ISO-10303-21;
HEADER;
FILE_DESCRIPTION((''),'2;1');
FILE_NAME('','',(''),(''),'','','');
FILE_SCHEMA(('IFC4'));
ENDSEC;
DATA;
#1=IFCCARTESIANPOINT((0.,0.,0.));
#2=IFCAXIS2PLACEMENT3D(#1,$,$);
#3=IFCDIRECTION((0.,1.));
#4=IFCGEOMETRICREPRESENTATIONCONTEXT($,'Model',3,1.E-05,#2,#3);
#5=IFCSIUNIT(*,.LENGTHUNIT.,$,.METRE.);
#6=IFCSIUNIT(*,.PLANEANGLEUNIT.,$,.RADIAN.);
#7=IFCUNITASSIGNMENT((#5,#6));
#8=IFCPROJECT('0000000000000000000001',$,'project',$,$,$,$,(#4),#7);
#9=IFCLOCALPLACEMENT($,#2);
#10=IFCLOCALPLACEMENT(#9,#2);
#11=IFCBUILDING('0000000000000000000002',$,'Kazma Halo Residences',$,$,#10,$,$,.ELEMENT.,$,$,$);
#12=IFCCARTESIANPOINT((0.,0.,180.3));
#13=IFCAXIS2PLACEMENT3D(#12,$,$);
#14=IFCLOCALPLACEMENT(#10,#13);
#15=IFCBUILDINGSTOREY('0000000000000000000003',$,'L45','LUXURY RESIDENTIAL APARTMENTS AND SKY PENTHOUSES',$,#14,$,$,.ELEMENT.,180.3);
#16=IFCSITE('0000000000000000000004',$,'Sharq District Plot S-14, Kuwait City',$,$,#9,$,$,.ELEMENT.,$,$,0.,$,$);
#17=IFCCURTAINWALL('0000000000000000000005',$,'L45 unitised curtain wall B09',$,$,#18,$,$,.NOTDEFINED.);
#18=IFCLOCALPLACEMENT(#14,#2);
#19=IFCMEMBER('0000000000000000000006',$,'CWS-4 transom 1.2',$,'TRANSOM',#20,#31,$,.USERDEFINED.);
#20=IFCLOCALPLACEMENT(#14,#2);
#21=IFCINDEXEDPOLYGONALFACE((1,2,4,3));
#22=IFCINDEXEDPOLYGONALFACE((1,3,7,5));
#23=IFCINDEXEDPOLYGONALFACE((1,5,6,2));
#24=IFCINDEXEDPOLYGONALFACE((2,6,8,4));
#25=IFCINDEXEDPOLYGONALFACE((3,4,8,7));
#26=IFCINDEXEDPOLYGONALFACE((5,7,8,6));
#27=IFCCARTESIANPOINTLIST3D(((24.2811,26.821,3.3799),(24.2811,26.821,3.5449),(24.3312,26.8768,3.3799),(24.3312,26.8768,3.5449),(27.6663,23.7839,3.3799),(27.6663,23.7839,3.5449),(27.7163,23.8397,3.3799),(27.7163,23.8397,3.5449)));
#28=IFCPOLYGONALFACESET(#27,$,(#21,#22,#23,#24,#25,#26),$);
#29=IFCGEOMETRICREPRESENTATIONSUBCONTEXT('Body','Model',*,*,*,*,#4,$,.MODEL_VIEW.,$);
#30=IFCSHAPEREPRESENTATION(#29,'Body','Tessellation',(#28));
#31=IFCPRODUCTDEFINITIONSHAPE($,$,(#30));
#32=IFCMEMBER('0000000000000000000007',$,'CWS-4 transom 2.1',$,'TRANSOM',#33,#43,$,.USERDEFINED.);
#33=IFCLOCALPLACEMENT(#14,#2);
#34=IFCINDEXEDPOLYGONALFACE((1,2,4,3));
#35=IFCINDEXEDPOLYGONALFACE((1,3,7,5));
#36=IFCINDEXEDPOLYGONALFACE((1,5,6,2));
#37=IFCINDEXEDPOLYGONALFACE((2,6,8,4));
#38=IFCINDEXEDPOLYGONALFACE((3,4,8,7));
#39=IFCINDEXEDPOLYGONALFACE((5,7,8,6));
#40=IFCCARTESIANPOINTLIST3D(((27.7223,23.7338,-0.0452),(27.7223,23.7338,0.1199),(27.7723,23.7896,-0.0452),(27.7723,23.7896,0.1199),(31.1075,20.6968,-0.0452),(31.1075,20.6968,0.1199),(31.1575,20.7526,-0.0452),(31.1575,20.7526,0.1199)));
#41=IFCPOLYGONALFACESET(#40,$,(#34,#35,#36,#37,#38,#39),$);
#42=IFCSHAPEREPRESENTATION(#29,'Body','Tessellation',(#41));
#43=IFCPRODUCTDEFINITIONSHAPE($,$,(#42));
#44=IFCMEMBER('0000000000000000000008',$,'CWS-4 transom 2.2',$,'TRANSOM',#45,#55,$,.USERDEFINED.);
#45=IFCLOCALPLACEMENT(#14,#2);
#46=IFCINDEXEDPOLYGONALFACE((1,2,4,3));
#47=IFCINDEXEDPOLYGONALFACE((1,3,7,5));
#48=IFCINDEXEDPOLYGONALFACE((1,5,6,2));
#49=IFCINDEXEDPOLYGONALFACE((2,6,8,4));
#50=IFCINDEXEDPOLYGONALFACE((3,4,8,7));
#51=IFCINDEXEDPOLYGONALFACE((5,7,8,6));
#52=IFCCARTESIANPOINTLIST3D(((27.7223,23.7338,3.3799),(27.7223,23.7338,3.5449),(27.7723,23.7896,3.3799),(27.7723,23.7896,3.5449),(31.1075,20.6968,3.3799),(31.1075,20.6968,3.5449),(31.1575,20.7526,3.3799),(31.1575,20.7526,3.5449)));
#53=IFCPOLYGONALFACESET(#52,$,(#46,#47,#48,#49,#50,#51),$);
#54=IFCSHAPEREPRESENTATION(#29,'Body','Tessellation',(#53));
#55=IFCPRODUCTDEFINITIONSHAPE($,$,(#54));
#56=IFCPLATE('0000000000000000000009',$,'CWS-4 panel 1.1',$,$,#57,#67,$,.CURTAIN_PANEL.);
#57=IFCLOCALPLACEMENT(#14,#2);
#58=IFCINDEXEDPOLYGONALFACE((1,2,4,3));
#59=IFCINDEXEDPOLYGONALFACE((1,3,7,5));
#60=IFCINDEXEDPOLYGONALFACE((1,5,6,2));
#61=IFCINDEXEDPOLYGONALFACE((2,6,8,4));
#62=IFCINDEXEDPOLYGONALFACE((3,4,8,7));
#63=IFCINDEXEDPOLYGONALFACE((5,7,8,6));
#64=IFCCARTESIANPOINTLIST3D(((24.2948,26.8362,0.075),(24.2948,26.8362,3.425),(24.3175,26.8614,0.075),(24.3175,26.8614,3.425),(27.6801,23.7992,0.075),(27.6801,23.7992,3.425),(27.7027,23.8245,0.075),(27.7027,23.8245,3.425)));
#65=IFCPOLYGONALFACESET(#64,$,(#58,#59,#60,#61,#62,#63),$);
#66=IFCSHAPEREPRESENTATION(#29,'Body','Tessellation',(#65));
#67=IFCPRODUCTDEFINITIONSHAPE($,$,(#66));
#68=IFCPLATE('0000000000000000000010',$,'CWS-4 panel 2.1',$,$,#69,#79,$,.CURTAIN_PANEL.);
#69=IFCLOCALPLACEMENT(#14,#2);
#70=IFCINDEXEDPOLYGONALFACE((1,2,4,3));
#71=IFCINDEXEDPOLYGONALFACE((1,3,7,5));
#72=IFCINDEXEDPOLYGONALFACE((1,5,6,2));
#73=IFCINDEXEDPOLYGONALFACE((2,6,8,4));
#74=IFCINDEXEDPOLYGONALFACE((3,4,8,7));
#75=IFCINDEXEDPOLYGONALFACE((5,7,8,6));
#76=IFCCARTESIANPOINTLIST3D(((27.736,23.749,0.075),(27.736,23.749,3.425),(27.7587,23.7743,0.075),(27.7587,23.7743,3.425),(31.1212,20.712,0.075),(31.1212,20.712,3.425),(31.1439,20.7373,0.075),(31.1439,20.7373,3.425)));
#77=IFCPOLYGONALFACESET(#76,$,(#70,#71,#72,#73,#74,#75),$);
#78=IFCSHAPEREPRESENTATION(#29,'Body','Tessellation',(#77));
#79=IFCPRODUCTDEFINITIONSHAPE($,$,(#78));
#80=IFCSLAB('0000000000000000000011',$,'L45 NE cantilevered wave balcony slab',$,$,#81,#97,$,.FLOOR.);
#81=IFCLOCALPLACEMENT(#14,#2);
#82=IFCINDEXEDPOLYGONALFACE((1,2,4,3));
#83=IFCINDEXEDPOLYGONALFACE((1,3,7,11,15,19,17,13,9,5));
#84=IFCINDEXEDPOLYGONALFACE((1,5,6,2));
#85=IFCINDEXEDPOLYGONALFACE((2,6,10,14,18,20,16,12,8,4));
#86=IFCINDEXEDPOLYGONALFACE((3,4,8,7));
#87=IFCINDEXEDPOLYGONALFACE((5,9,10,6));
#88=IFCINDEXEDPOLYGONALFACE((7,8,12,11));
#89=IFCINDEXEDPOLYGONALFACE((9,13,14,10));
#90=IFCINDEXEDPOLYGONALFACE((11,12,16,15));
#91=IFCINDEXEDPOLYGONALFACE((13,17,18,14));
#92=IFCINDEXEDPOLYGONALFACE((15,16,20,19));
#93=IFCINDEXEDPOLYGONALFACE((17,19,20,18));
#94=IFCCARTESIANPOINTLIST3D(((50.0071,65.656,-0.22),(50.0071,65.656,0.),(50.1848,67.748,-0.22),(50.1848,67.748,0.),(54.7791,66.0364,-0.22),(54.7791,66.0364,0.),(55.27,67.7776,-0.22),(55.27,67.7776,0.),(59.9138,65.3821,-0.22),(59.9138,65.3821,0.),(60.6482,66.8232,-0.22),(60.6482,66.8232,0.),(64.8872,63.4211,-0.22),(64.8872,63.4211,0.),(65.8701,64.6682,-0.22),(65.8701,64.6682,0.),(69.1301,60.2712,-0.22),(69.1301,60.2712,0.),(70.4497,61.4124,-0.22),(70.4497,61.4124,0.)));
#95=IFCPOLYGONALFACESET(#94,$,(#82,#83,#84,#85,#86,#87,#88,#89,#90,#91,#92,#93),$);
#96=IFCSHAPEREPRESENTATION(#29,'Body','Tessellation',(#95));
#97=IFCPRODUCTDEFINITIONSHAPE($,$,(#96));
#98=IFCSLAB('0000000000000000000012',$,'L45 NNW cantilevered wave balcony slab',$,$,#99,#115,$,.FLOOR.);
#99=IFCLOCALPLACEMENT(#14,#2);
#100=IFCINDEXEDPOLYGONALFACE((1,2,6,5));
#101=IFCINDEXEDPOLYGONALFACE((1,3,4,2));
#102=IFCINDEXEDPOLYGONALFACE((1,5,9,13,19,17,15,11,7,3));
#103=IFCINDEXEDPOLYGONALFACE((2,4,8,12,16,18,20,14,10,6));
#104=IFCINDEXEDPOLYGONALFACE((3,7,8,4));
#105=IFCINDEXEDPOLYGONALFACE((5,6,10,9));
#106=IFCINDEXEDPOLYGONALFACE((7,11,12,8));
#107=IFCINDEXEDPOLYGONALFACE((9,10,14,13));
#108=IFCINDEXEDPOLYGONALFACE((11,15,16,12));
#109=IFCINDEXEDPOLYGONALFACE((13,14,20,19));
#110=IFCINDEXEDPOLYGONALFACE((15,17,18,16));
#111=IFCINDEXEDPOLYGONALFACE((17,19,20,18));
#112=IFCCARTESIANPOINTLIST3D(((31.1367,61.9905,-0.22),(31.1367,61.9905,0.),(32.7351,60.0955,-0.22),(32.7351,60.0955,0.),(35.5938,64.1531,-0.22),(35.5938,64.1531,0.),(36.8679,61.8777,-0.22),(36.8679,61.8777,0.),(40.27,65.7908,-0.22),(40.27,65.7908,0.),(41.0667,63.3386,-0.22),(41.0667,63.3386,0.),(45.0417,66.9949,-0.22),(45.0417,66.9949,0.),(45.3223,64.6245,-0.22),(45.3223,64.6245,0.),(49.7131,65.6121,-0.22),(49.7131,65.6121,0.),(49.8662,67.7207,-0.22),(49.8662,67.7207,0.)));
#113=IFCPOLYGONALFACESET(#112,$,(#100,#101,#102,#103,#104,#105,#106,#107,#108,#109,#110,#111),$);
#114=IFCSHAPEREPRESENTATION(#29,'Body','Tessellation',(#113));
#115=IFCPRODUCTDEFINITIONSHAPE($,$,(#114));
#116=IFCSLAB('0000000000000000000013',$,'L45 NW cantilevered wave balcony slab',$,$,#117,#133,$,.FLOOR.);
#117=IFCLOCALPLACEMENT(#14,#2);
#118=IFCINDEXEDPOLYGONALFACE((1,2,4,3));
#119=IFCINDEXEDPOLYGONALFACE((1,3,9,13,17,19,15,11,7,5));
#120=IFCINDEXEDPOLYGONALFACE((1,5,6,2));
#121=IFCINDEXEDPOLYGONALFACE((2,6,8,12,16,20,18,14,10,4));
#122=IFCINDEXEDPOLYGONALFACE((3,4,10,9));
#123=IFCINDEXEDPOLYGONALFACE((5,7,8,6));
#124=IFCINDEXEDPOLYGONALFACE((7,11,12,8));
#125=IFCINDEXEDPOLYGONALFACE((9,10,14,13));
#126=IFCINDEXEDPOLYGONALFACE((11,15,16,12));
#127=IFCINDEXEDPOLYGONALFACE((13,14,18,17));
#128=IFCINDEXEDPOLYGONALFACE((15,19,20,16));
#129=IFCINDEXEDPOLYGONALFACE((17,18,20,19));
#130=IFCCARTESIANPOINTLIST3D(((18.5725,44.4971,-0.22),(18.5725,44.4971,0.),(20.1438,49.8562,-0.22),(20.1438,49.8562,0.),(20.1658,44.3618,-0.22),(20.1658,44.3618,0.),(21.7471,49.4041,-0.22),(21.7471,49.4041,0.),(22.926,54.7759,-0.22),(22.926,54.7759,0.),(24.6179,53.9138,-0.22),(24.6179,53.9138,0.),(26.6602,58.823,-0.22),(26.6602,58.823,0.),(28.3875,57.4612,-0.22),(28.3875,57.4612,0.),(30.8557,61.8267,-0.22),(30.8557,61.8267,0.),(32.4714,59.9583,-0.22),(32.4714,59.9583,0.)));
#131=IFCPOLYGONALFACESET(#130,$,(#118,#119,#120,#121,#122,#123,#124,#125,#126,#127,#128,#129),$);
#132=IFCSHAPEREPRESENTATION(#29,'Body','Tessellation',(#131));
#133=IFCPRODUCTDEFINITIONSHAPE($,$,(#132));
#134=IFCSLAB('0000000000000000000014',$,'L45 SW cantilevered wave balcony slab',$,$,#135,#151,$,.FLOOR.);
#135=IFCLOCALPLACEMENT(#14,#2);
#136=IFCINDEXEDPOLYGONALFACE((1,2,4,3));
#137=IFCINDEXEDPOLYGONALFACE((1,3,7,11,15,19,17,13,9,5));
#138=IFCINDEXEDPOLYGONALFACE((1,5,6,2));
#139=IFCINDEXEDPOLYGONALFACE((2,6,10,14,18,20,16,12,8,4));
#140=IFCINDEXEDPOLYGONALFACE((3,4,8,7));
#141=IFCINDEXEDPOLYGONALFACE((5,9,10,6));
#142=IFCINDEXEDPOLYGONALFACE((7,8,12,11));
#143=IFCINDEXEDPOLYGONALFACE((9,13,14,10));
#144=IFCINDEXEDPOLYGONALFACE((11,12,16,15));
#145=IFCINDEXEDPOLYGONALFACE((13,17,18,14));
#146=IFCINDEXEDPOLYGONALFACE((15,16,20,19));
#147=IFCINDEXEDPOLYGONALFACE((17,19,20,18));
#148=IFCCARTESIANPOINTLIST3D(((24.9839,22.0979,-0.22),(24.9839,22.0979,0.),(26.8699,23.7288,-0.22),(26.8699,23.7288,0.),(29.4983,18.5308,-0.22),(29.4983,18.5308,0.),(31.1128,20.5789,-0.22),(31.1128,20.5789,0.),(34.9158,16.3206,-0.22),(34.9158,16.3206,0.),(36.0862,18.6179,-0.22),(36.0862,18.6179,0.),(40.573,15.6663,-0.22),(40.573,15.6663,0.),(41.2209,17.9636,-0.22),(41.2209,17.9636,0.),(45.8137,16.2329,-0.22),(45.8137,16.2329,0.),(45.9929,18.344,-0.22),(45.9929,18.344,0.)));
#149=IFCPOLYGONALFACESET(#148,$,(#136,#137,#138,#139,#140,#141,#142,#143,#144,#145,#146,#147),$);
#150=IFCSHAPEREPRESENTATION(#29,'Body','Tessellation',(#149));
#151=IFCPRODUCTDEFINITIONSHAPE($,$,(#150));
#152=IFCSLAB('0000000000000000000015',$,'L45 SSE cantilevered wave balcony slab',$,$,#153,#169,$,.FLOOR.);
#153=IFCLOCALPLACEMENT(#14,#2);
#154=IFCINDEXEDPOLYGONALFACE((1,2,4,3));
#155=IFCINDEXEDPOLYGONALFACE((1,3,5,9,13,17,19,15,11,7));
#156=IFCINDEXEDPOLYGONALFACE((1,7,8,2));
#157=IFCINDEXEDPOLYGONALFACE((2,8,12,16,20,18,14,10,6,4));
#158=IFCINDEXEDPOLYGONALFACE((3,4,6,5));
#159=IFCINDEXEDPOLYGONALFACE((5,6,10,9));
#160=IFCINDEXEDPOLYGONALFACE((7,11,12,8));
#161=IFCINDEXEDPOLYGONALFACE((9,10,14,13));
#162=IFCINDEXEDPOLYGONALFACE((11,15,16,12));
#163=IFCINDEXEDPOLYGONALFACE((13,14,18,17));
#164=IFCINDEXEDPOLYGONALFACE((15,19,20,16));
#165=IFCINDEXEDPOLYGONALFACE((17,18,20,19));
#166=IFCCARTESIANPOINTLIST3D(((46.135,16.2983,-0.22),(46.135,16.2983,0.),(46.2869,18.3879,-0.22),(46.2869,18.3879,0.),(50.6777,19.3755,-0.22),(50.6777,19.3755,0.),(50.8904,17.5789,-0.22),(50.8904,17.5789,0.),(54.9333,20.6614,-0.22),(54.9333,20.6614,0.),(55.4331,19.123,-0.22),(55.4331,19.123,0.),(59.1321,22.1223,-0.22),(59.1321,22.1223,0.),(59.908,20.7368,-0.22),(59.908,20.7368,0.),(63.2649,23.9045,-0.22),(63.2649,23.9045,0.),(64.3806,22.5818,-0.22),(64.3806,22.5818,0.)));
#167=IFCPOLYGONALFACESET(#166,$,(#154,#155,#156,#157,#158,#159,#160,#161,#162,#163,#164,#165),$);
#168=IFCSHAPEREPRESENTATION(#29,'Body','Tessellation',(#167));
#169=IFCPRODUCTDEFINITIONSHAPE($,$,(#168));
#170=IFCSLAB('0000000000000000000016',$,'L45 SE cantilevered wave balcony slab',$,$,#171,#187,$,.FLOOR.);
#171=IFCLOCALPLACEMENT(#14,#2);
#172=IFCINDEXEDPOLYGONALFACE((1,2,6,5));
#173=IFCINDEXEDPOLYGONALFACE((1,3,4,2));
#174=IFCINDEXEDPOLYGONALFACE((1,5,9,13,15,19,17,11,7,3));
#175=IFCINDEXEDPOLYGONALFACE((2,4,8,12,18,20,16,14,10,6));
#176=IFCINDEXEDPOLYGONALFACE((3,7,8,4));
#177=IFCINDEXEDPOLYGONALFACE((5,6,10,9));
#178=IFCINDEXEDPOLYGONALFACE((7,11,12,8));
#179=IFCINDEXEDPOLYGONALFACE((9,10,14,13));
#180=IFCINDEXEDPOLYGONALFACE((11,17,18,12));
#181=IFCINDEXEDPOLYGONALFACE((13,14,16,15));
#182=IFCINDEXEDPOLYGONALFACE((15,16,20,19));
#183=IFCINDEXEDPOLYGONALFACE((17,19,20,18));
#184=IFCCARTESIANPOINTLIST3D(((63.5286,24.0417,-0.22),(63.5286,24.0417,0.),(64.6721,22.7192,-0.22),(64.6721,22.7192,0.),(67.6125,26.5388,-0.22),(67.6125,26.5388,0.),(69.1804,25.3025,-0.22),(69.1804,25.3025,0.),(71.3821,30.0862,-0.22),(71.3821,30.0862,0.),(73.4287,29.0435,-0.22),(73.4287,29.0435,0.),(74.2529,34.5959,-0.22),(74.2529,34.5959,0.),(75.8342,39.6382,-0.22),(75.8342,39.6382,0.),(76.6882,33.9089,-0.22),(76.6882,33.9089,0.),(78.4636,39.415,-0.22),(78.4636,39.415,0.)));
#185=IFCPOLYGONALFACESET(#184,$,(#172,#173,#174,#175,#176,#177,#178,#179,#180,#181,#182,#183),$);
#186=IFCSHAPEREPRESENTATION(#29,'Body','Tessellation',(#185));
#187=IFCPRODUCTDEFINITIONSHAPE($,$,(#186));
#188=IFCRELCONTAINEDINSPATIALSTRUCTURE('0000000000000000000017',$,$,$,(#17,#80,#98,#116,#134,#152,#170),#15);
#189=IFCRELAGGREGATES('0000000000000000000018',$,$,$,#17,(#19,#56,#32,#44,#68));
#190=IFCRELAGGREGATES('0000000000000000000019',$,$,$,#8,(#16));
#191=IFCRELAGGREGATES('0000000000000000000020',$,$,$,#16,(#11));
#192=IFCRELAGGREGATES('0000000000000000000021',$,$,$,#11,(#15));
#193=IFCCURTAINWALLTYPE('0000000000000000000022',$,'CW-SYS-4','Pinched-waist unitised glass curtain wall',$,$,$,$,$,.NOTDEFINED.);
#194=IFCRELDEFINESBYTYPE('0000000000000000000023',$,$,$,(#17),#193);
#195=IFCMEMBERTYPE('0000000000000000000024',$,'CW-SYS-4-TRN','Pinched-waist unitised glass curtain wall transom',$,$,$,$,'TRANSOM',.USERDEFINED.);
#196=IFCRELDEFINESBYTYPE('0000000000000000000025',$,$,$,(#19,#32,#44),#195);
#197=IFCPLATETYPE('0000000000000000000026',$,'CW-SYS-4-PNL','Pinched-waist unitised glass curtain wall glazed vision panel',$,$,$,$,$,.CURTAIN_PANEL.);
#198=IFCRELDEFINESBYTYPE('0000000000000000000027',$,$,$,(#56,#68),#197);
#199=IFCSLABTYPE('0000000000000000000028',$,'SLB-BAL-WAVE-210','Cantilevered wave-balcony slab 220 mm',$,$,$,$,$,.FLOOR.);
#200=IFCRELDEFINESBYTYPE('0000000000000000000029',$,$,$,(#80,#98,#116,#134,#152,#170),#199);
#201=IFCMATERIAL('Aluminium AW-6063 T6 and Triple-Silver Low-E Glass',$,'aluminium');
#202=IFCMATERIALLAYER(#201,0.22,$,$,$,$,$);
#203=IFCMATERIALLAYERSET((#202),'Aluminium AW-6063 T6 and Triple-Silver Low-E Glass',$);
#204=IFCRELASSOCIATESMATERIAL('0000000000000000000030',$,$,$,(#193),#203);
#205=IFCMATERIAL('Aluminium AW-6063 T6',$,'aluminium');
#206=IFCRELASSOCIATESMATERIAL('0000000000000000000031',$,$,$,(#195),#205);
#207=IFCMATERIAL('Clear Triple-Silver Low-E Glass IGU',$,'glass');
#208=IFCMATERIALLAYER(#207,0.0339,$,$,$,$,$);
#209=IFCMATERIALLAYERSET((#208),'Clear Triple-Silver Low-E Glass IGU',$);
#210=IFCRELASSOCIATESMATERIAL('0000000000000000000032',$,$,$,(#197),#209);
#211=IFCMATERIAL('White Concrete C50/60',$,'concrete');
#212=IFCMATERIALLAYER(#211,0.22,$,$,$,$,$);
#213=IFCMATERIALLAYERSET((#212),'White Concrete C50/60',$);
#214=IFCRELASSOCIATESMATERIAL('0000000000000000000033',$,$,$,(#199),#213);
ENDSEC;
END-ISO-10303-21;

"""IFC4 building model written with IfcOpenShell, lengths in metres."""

from ifc_helpers import new_model, si_unit, direction, frame, origin, origin_2d, place, context, subcontext, project, spatial, polyline, rectangle, outline, extrude, material, layer, layer_set, material_profile, profile_set, type_object, element, aggregate, save


model = new_model("IFC4")

# Units and contexts
model_context = context("Model", 3, precision=1e-05, world=origin(), true_north=direction((0.0, 1.0)))
body_context = subcontext(model_context, "Body", "Model", "MODEL_VIEW")
ifc_project = project(units=[si_unit("LENGTHUNIT", "METRE"), si_unit("PLANEANGLEUNIT", "RADIAN")], contexts=[model_context])

# Site, building, storey
site_placement = place(None, origin())
site = spatial("IfcSite", under=ifc_project, at=site_placement, Name="Sharq District Plot S-14, Kuwait City", CompositionType="ELEMENT", RefElevation=0.0)
building_placement = place(site_placement, origin())
building = spatial("IfcBuilding", under=site, at=building_placement, Name="Kazma Halo Residences", CompositionType="ELEMENT")
storey_placement = place(building_placement, frame((0.0, 0.0, 180.3)))
storey = spatial("IfcBuildingStorey", under=building, at=storey_placement, Name="L45", Description="LUXURY RESIDENTIAL APARTMENTS AND SKY PENTHOUSES", CompositionType="ELEMENT", Elevation=180.3)

# Curtain wall, members, plates
ifc_material_1 = material(Name="Aluminium AW-6063 T6 and Triple-Silver Low-E Glass", Category="aluminium")
ifc_layer_1 = layer(ifc_material_1, 0.22)
ifc_layer_set_1 = layer_set([ifc_layer_1], Name="Aluminium AW-6063 T6 and Triple-Silver Low-E Glass")
curtain_wall_type = type_object("IfcCurtainWallType", Name="CW-SYS-4", Description="Pinched-waist unitised glass curtain wall", PredefinedType="NOTDEFINED", material=ifc_layer_set_1)
curtain_wall_placement = place(storey_placement, origin())
curtain_wall = element("IfcCurtainWall", 1, at=curtain_wall_placement, inside=storey, type_object=curtain_wall_type, Name="L45 unitised curtain wall B09", PredefinedType="NOTDEFINED")
ifc_material_2 = material(Name="Aluminium AW-6063 T6", Category="aluminium")
ifc_material_profile_1 = material_profile(ifc_material_2, rectangle(XDim=0.075, YDim=0.165, at=origin_2d()), Name="CWT-75x165")
ifc_profile_set_1 = profile_set([ifc_material_profile_1], Name="Aluminium AW-6063 T6")
member_type_1 = type_object("IfcMemberType", Name="CW-SYS-4-TRN", Description="Pinched-waist unitised glass curtain wall transom", ElementType="TRANSOM", PredefinedType="USERDEFINED", material=ifc_profile_set_1)
member_1_placement = place(storey_placement, frame((24.3062, 26.8489, 3.4624), z_axis=(0.744345, -0.667795, 0.0), x_axis=(0.667795, 0.744345, 0.0)))
member_1 = element("IfcMember", 2, at=member_1_placement, type_object=member_type_1, Name="CWS-4 transom 1.2", ObjectType="TRANSOM", PredefinedType="USERDEFINED", context=body_context, shape_type="SweptSolid", body=[
    extrude(rectangle(XDim=0.075, YDim=0.165, at=origin_2d()), origin(), (0.0, 0.0, 1.0), 4.5479),
])
member_2_placement = place(storey_placement, frame((27.7473, 23.7617, 0.0374), z_axis=(0.744345, -0.667795, 0.0), x_axis=(0.667795, 0.744345, 0.0)))
member_2 = element("IfcMember", 3, at=member_2_placement, type_object=member_type_1, Name="CWS-4 transom 2.1", ObjectType="TRANSOM", PredefinedType="USERDEFINED", context=body_context, shape_type="SweptSolid", body=[
    extrude(rectangle(XDim=0.075, YDim=0.165, at=origin_2d()), origin(), (0.0, 0.0, 1.0), 4.5479),
])
member_3_placement = place(storey_placement, frame((27.7473, 23.7617, 3.4624), z_axis=(0.744345, -0.667795, 0.0), x_axis=(0.667795, 0.744345, 0.0)))
member_3 = element("IfcMember", 4, at=member_3_placement, type_object=member_type_1, Name="CWS-4 transom 2.2", ObjectType="TRANSOM", PredefinedType="USERDEFINED", context=body_context, shape_type="SweptSolid", body=[
    extrude(rectangle(XDim=0.075, YDim=0.165, at=origin_2d()), origin(), (0.0, 0.0, 1.0), 4.5479),
])
ifc_material_3 = material(Name="Clear Triple-Silver Low-E Glass IGU", Category="glass")
ifc_layer_2 = layer(ifc_material_3, 0.0339)
ifc_layer_set_2 = layer_set([ifc_layer_2], Name="Clear Triple-Silver Low-E Glass IGU")
plate_type = type_object("IfcPlateType", Name="CW-SYS-4-PNL", Description="Pinched-waist unitised glass curtain wall glazed vision panel", PredefinedType="CURTAIN_PANEL", material=ifc_layer_set_2)
plate_1_placement = place(storey_placement, frame((25.9988, 25.3303, 0.075), z_axis=(0.0, 0.0, 1.0), x_axis=(0.744355, -0.667784, 0.0)))
plate_1 = element("IfcPlate", 5, at=plate_1_placement, type_object=plate_type, Name="CWS-4 panel 1.1", PredefinedType="CURTAIN_PANEL", context=body_context, shape_type="SweptSolid", body=[
    extrude(rectangle(XDim=4.5479, YDim=0.0339, at=origin_2d()), origin(), (0.0, 0.0, 1.0), 3.3501),
])
plate_2_placement = place(storey_placement, frame((29.4399, 22.2432, 0.075), z_axis=(0.0, 0.0, 1.0), x_axis=(0.744355, -0.667784, 0.0)))
plate_2 = element("IfcPlate", 6, at=plate_2_placement, type_object=plate_type, Name="CWS-4 panel 2.1", PredefinedType="CURTAIN_PANEL", context=body_context, shape_type="SweptSolid", body=[
    extrude(rectangle(XDim=4.5479, YDim=0.0339, at=origin_2d()), origin(), (0.0, 0.0, 1.0), 3.3501),
])
aggregate(curtain_wall, [member_1, plate_1, member_2, member_3, plate_2])

# Slabs
ifc_material_4 = material(Name="White Concrete C50/60", Category="concrete")
ifc_layer_3 = layer(ifc_material_4, 0.22)
ifc_layer_set_3 = layer_set([ifc_layer_3], Name="White Concrete C50/60")
slab_type_1 = type_object("IfcSlabType", Name="SLB-BAL-WAVE-210", Description="Cantilevered wave-balcony slab 220 mm", PredefinedType="FLOOR", material=ifc_layer_set_3)
slab_1_placement = place(storey_placement, frame((0.0, 0.0, -0.22)))
element("IfcSlab", 7, at=slab_1_placement, inside=storey, type_object=slab_type_1, Name="L45 NE cantilevered wave balcony slab", PredefinedType="FLOOR", context=body_context, shape_type="SweptSolid", body=[
    extrude(outline(polyline([(69.1301, 60.2712), (64.8872, 63.4211), (59.9138, 65.3821), (54.7791, 66.0364), (50.0071, 65.656), (50.1848, 67.748), (55.27, 67.7776), (60.6482, 66.8232), (65.8701, 64.6682), (70.4497, 61.4124), (69.1301, 60.2712)])), origin(), (0.0, 0.0, 1.0), 0.22),
])
slab_2_placement = place(storey_placement, frame((0.0, 0.0, -0.22)))
element("IfcSlab", 8, at=slab_2_placement, inside=storey, type_object=slab_type_1, Name="L45 NNW cantilevered wave balcony slab", PredefinedType="FLOOR", context=body_context, shape_type="SweptSolid", body=[
    extrude(outline(polyline([(49.7131, 65.6121), (45.3223, 64.6245), (41.0667, 63.3386), (36.8679, 61.8777), (32.7351, 60.0955), (31.1367, 61.9905), (35.5938, 64.1531), (40.27, 65.7908), (45.0417, 66.9949), (49.8662, 67.7207), (49.7131, 65.6121)])), origin(), (0.0, 0.0, 1.0), 0.22),
])
slab_3_placement = place(storey_placement, frame((0.0, 0.0, -0.22)))
element("IfcSlab", 9, at=slab_3_placement, inside=storey, type_object=slab_type_1, Name="L45 NW cantilevered wave balcony slab", PredefinedType="FLOOR", context=body_context, shape_type="SweptSolid", body=[
    extrude(outline(polyline([(32.4714, 59.9583), (28.3875, 57.4612), (24.6179, 53.9138), (21.7471, 49.4041), (20.1658, 44.3618), (18.5725, 44.4971), (20.1438, 49.8562), (22.926, 54.7759), (26.6602, 58.823), (30.8557, 61.8267), (32.4714, 59.9583)])), origin(), (0.0, 0.0, 1.0), 0.22),
])
slab_4_placement = place(storey_placement, frame((0.0, 0.0, -0.22)))
element("IfcSlab", 10, at=slab_4_placement, inside=storey, type_object=slab_type_1, Name="L45 SW cantilevered wave balcony slab", PredefinedType="FLOOR", context=body_context, shape_type="SweptSolid", body=[
    extrude(outline(polyline([(26.8699, 23.7288), (31.1128, 20.5789), (36.0862, 18.6179), (41.2209, 17.9636), (45.9929, 18.344), (45.8137, 16.2329), (40.573, 15.6663), (34.9158, 16.3206), (29.4983, 18.5308), (24.9839, 22.0979), (26.8699, 23.7288)])), origin(), (0.0, 0.0, 1.0), 0.22),
])
slab_5_placement = place(storey_placement, frame((0.0, 0.0, -0.22)))
element("IfcSlab", 11, at=slab_5_placement, inside=storey, type_object=slab_type_1, Name="L45 SSE cantilevered wave balcony slab", PredefinedType="FLOOR", context=body_context, shape_type="SweptSolid", body=[
    extrude(outline(polyline([(46.2869, 18.3879), (50.6777, 19.3755), (54.9333, 20.6614), (59.1321, 22.1223), (63.2649, 23.9045), (64.3806, 22.5818), (59.908, 20.7368), (55.4331, 19.123), (50.8904, 17.5789), (46.135, 16.2983), (46.2869, 18.3879)])), origin(), (0.0, 0.0, 1.0), 0.22),
])
slab_6_placement = place(storey_placement, frame((0.0, 0.0, -0.22)))
element("IfcSlab", 12, at=slab_6_placement, inside=storey, type_object=slab_type_1, Name="L45 SE cantilevered wave balcony slab", PredefinedType="FLOOR", context=body_context, shape_type="SweptSolid", body=[
    extrude(outline(polyline([(63.5286, 24.0417), (67.6125, 26.5388), (71.3821, 30.0862), (74.2529, 34.5959), (75.8342, 39.6382), (78.4636, 39.415), (76.6882, 33.9089), (73.4287, 29.0435), (69.1804, 25.3025), (64.6721, 22.7192), (63.5286, 24.0417)])), origin(), (0.0, 0.0, 1.0), 0.22),
])

save(model, "model.ifc")
